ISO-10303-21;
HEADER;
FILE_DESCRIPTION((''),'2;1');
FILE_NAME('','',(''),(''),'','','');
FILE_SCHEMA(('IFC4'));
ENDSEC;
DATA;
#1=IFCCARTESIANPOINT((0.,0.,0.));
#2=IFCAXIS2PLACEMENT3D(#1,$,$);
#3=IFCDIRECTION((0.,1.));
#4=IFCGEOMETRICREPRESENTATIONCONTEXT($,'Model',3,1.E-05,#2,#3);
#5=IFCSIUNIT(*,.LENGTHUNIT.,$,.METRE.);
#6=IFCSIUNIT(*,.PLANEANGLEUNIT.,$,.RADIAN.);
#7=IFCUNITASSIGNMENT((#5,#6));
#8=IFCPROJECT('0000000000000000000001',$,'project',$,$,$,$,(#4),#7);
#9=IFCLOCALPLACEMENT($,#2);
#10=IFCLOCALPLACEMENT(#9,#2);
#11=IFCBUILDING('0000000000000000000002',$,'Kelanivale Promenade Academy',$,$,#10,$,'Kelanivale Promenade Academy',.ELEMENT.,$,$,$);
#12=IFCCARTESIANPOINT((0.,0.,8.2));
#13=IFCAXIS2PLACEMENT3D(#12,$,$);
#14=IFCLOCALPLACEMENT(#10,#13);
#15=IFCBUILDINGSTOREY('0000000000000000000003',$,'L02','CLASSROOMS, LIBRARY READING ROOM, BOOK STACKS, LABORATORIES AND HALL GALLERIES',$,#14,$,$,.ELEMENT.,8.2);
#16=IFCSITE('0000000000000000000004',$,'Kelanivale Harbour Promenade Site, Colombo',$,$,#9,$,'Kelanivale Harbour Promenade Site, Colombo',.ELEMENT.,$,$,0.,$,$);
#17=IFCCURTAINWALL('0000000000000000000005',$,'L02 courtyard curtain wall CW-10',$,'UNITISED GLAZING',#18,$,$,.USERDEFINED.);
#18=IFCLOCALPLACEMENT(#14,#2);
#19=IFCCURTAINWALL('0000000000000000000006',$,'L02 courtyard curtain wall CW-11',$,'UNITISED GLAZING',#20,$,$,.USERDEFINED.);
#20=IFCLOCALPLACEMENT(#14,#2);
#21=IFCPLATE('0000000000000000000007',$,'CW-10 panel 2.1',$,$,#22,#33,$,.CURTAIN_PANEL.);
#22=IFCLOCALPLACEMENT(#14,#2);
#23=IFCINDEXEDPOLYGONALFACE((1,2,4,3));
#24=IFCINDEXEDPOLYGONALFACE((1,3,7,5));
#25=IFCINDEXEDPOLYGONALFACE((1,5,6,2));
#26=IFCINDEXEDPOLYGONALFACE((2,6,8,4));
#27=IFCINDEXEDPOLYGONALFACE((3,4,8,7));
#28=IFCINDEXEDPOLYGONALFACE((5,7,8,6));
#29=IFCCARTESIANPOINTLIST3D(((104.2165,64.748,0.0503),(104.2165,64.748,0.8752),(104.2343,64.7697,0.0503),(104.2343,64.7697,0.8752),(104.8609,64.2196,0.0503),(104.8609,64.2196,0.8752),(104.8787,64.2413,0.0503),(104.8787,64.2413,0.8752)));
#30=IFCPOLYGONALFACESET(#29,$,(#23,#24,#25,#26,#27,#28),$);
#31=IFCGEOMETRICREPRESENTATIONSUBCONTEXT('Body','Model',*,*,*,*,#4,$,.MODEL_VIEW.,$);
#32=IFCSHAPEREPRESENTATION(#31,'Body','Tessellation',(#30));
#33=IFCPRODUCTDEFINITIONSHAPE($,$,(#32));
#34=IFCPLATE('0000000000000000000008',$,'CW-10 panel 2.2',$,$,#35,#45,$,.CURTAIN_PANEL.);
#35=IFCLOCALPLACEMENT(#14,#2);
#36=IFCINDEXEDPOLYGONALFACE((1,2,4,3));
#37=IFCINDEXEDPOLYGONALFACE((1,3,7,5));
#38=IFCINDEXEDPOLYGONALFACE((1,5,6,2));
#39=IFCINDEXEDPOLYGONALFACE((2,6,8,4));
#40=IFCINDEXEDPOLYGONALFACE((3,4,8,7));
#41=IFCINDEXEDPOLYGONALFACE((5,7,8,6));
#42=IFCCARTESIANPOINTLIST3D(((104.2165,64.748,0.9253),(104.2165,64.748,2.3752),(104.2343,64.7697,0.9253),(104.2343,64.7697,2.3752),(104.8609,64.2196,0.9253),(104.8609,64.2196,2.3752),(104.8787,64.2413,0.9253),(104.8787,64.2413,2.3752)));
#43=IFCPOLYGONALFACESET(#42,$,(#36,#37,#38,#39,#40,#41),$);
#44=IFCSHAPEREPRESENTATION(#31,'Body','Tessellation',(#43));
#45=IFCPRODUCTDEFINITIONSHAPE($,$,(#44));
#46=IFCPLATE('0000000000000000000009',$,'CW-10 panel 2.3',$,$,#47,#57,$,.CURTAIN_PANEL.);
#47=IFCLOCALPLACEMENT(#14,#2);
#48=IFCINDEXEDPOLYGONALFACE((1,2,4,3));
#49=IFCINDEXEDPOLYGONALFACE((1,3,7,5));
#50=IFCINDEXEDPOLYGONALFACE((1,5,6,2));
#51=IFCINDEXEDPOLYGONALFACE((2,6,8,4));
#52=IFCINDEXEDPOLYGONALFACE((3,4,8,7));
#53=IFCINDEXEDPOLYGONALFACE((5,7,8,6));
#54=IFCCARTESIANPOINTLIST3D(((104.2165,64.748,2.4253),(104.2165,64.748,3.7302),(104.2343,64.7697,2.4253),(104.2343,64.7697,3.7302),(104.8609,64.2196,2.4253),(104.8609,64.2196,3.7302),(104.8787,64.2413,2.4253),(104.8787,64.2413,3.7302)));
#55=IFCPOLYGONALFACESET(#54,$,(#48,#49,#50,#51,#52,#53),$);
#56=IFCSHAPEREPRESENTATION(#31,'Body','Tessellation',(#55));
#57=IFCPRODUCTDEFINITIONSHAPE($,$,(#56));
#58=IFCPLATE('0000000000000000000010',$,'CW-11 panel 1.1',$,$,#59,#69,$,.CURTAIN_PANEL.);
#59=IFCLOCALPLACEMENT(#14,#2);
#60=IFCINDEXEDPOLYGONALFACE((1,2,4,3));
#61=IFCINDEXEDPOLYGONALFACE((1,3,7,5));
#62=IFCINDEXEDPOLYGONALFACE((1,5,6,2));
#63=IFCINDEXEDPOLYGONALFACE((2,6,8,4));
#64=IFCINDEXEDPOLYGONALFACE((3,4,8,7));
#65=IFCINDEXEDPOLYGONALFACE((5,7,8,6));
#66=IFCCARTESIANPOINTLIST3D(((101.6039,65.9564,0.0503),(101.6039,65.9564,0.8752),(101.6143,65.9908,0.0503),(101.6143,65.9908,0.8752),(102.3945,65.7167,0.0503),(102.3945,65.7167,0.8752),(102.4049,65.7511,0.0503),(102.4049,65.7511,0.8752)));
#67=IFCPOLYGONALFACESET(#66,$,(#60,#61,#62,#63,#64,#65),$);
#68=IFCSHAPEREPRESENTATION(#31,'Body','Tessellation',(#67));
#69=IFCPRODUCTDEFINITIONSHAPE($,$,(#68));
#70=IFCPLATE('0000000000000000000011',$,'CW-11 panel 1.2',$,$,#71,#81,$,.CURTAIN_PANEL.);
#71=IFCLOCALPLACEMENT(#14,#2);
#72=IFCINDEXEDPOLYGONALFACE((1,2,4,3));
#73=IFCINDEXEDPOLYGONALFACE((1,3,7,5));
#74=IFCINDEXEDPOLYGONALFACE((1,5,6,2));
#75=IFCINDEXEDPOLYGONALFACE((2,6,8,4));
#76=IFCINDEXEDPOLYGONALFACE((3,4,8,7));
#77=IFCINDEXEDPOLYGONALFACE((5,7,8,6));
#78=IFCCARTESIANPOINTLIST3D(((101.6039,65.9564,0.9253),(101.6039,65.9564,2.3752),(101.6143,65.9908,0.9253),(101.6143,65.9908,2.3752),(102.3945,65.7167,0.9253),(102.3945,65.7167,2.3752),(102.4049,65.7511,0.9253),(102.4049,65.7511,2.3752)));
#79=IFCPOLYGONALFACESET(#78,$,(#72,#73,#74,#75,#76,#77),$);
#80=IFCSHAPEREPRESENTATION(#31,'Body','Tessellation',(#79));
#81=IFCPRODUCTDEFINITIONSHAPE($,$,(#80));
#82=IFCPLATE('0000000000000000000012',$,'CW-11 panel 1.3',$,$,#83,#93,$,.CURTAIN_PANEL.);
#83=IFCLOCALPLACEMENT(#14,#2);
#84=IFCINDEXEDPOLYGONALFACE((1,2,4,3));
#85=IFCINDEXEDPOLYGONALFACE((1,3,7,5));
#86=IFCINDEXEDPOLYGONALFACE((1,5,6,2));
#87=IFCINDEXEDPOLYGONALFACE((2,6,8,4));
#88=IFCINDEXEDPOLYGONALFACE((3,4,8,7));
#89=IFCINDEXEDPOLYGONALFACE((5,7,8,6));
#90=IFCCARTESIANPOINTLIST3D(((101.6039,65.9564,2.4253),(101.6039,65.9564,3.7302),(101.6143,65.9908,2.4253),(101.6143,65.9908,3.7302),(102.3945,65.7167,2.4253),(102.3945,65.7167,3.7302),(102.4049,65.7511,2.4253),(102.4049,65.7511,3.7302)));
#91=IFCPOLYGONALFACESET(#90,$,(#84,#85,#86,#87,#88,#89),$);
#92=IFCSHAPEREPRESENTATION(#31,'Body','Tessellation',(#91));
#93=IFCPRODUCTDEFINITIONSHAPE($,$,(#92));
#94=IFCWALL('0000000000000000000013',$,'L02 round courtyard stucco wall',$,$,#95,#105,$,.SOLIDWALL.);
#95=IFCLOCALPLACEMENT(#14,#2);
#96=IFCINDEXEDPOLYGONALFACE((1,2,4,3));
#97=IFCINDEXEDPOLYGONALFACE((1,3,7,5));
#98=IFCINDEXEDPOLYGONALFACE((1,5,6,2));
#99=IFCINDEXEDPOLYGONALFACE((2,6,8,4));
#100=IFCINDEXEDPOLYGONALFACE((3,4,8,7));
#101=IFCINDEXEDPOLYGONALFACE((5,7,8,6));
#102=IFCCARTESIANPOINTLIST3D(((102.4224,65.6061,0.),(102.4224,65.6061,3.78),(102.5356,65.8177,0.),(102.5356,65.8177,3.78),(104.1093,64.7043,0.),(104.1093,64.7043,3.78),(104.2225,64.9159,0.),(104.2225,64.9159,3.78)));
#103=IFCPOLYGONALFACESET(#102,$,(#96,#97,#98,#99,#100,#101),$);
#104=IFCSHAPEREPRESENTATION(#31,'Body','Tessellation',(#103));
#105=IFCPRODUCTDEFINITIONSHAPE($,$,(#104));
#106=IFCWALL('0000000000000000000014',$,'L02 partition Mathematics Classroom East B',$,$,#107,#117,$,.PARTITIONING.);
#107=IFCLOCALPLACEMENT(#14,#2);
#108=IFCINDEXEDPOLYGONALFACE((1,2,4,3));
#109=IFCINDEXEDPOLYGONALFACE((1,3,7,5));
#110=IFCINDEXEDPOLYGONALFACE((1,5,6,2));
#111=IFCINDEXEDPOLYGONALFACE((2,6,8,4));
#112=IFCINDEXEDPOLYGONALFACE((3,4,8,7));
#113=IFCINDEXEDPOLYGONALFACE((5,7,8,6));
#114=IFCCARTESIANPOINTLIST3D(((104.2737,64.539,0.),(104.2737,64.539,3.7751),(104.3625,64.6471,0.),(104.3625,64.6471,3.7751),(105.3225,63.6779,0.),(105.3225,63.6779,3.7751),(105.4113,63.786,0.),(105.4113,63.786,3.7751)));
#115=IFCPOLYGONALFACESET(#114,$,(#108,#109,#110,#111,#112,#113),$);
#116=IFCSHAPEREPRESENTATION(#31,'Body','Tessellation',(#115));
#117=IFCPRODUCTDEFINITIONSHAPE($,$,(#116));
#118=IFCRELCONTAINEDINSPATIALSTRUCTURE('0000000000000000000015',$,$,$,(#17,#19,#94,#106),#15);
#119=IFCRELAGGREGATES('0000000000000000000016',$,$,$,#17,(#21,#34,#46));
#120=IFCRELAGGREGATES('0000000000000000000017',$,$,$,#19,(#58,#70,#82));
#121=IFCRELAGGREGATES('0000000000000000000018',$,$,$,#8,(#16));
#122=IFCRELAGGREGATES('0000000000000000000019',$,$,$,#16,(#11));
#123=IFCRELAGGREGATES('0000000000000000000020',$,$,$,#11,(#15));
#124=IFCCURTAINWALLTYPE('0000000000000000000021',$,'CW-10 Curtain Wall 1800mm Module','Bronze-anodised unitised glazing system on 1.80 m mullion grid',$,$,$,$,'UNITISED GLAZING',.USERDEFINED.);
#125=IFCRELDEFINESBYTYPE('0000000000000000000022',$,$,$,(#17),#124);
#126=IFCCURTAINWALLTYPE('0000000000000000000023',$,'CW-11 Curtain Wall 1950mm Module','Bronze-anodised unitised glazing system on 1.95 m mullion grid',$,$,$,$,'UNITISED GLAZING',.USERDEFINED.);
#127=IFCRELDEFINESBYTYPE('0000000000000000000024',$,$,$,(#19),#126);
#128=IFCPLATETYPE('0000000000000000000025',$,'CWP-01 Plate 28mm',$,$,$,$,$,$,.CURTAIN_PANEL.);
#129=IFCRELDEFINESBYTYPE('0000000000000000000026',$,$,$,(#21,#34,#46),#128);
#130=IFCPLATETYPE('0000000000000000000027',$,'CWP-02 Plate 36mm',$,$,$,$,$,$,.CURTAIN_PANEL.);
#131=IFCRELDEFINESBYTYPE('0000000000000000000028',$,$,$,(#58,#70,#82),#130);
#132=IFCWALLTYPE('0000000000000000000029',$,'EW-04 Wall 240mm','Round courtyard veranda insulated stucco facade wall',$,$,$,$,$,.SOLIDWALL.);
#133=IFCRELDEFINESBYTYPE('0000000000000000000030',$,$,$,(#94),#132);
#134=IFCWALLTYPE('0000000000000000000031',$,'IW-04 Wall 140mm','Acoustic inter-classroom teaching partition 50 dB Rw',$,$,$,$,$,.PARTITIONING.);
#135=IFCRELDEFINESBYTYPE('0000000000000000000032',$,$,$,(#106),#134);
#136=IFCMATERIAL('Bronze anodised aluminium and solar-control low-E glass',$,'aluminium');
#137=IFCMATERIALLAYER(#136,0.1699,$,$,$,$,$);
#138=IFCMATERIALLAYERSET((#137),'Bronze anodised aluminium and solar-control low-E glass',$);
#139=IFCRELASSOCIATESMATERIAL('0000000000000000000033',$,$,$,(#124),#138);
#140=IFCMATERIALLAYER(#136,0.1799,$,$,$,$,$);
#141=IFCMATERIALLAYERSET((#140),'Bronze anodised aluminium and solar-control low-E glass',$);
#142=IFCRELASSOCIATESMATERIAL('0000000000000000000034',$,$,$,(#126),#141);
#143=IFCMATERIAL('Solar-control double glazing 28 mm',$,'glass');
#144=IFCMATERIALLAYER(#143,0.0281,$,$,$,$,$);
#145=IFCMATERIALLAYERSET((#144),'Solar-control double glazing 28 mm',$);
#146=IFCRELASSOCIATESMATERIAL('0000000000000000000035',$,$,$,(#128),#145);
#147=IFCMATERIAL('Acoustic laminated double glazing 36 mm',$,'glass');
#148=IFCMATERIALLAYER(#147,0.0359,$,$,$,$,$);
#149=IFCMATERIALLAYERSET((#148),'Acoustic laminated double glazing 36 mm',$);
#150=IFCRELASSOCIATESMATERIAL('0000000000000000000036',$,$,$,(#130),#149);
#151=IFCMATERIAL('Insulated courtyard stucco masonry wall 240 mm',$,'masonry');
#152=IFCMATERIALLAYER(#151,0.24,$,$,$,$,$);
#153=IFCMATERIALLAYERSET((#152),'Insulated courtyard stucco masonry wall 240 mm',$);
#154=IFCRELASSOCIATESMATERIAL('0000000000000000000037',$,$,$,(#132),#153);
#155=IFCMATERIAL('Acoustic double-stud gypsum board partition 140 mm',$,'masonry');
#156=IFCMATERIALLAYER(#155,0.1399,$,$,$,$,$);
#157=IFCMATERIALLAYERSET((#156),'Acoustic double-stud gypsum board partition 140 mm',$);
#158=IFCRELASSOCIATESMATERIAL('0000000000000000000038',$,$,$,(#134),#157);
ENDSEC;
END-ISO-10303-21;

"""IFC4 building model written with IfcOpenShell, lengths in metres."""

from ifc_helpers import new_model, si_unit, direction, frame, frame_2d, origin, origin_2d, place, context, subcontext, project, spatial, rectangle, extrude, material, layer, layer_set, type_object, element, aggregate, save


model = new_model("IFC4")

# Units and contexts
model_context = context("Model", 3, precision=1e-05, world=origin(), true_north=direction((0.0, 1.0)))
body_context = subcontext(model_context, "Body", "Model", "MODEL_VIEW")
ifc_project = project(units=[si_unit("LENGTHUNIT", "METRE"), si_unit("PLANEANGLEUNIT", "RADIAN")], contexts=[model_context])

# Site, building, storey
site_placement = place(None, origin())
site = spatial("IfcSite", under=ifc_project, at=site_placement, Name="Kelanivale Harbour Promenade Site, Colombo", LongName="Kelanivale Harbour Promenade Site, Colombo", CompositionType="ELEMENT", RefElevation=0.0)
building_placement = place(site_placement, origin())
building = spatial("IfcBuilding", under=site, at=building_placement, Name="Kelanivale Promenade Academy", LongName="Kelanivale Promenade Academy", CompositionType="ELEMENT")
storey_placement = place(building_placement, frame((0.0, 0.0, 8.2)))
storey = spatial("IfcBuildingStorey", under=building, at=storey_placement, Name="L02", Description="CLASSROOMS, LIBRARY READING ROOM, BOOK STACKS, LABORATORIES AND HALL GALLERIES", CompositionType="ELEMENT", Elevation=8.2)

# Curtain walls
ifc_material_1 = material(Name="Bronze anodised aluminium and solar-control low-E glass", Category="aluminium")
ifc_layer_1 = layer(ifc_material_1, 0.1699)
ifc_layer_set_1 = layer_set([ifc_layer_1], Name="Bronze anodised aluminium and solar-control low-E glass")
curtain_wall_type_1 = type_object("IfcCurtainWallType", Name="CW-10 Curtain Wall 1800mm Module", Description="Bronze-anodised unitised glazing system on 1.80 m mullion grid", ElementType="UNITISED GLAZING", PredefinedType="USERDEFINED", material=ifc_layer_set_1)
curtain_wall_1_placement = place(storey_placement, origin())
curtain_wall_1 = element("IfcCurtainWall", 1, at=curtain_wall_1_placement, inside=storey, type_object=curtain_wall_type_1, Name="L02 courtyard curtain wall CW-10", ObjectType="UNITISED GLAZING", PredefinedType="USERDEFINED")
ifc_layer_2 = layer(ifc_material_1, 0.1799)
ifc_layer_set_2 = layer_set([ifc_layer_2], Name="Bronze anodised aluminium and solar-control low-E glass")
curtain_wall_type_2 = type_object("IfcCurtainWallType", Name="CW-11 Curtain Wall 1950mm Module", Description="Bronze-anodised unitised glazing system on 1.95 m mullion grid", ElementType="UNITISED GLAZING", PredefinedType="USERDEFINED", material=ifc_layer_set_2)
curtain_wall_2_placement = place(storey_placement, origin())
curtain_wall_2 = element("IfcCurtainWall", 2, at=curtain_wall_2_placement, inside=storey, type_object=curtain_wall_type_2, Name="L02 courtyard curtain wall CW-11", ObjectType="UNITISED GLAZING", PredefinedType="USERDEFINED")

# Plates
ifc_material_2 = material(Name="Solar-control double glazing 28 mm", Category="glass")
ifc_layer_3 = layer(ifc_material_2, 0.0281)
ifc_layer_set_3 = layer_set([ifc_layer_3], Name="Solar-control double glazing 28 mm")
plate_type_1 = type_object("IfcPlateType", Name="CWP-01 Plate 28mm", PredefinedType="CURTAIN_PANEL", material=ifc_layer_set_3)
plate_1_placement = place(storey_placement, frame((104.5476, 64.4946, 0.0503), z_axis=(0.0, 0.0, 1.0), x_axis=(-0.773257, 0.634093, 0.0)))
plate_1 = element("IfcPlate", 3, at=plate_1_placement, type_object=plate_type_1, Name="CW-10 panel 2.1", PredefinedType="CURTAIN_PANEL", context=body_context, shape_type="SweptSolid", body=[
    extrude(rectangle(XDim=0.8333, YDim=0.0281, at=origin_2d()), origin(), (0.0, 0.0, 1.0), 0.825),
])
plate_2_placement = place(storey_placement, frame((104.5476, 64.4946, 0.9253), z_axis=(0.0, 0.0, 1.0), x_axis=(-0.773257, 0.634093, 0.0)))
plate_2 = element("IfcPlate", 4, at=plate_2_placement, type_object=plate_type_1, Name="CW-10 panel 2.2", PredefinedType="CURTAIN_PANEL", context=body_context, shape_type="SweptSolid", body=[
    extrude(rectangle(XDim=0.8333, YDim=0.0281, at=origin_2d()), origin(), (0.0, 0.0, 1.0), 1.45),
])
plate_3_placement = place(storey_placement, frame((104.5476, 64.4946, 2.4253), z_axis=(0.0, 0.0, 1.0), x_axis=(-0.773257, 0.634093, 0.0)))
plate_3 = element("IfcPlate", 5, at=plate_3_placement, type_object=plate_type_1, Name="CW-10 panel 2.3", PredefinedType="CURTAIN_PANEL", context=body_context, shape_type="SweptSolid", body=[
    extrude(rectangle(XDim=0.8333, YDim=0.0281, at=origin_2d()), origin(), (0.0, 0.0, 1.0), 1.3049),
])
aggregate(curtain_wall_1, [plate_1, plate_2, plate_3])
ifc_material_3 = material(Name="Acoustic laminated double glazing 36 mm", Category="glass")
ifc_layer_4 = layer(ifc_material_3, 0.0359)
ifc_layer_set_4 = layer_set([ifc_layer_4], Name="Acoustic laminated double glazing 36 mm")
plate_type_2 = type_object("IfcPlateType", Name="CWP-02 Plate 36mm", PredefinedType="CURTAIN_PANEL", material=ifc_layer_set_4)
plate_4_placement = place(storey_placement, frame((102.0044, 65.8538, 0.0503), z_axis=(0.0, 0.0, 1.0), x_axis=(-0.956988, 0.290128, 0.0)))
plate_4 = element("IfcPlate", 6, at=plate_4_placement, type_object=plate_type_2, Name="CW-11 panel 1.1", PredefinedType="CURTAIN_PANEL", context=body_context, shape_type="SweptSolid", body=[
    extrude(rectangle(XDim=0.8262, YDim=0.0359, at=origin_2d()), origin(), (0.0, 0.0, 1.0), 0.825),
])
plate_5_placement = place(storey_placement, frame((102.0044, 65.8538, 0.9253), z_axis=(0.0, 0.0, 1.0), x_axis=(-0.956988, 0.290128, 0.0)))
plate_5 = element("IfcPlate", 7, at=plate_5_placement, type_object=plate_type_2, Name="CW-11 panel 1.2", PredefinedType="CURTAIN_PANEL", context=body_context, shape_type="SweptSolid", body=[
    extrude(rectangle(XDim=0.8262, YDim=0.0359, at=origin_2d()), origin(), (0.0, 0.0, 1.0), 1.45),
])
plate_6_placement = place(storey_placement, frame((102.0044, 65.8538, 2.4253), z_axis=(0.0, 0.0, 1.0), x_axis=(-0.956988, 0.290128, 0.0)))
plate_6 = element("IfcPlate", 8, at=plate_6_placement, type_object=plate_type_2, Name="CW-11 panel 1.3", PredefinedType="CURTAIN_PANEL", context=body_context, shape_type="SweptSolid", body=[
    extrude(rectangle(XDim=0.8262, YDim=0.0359, at=origin_2d()), origin(), (0.0, 0.0, 1.0), 1.3049),
])
aggregate(curtain_wall_2, [plate_4, plate_5, plate_6])

# Walls
ifc_material_4 = material(Name="Insulated courtyard stucco masonry wall 240 mm", Category="masonry")
ifc_layer_5 = layer(ifc_material_4, 0.24)
ifc_layer_set_5 = layer_set([ifc_layer_5], Name="Insulated courtyard stucco masonry wall 240 mm")
wall_type_1 = type_object("IfcWallType", Name="EW-04 Wall 240mm", Description="Round courtyard veranda insulated stucco facade wall", PredefinedType="SOLIDWALL", material=ifc_layer_set_5)
wall_1_placement = place(storey_placement, frame((104.166, 64.8101, 0.0), z_axis=(0.0, 0.0, 1.0), x_axis=(-0.881893, 0.471449, 0.0)))
element("IfcWall", 9, at=wall_1_placement, inside=storey, type_object=wall_type_1, Name="L02 round courtyard stucco wall", PredefinedType="SOLIDWALL", context=body_context, shape_type="SweptSolid", body=[
    extrude(rectangle(XDim=1.9128, YDim=0.24, at=frame_2d((0.9565, 0.0))), origin(), (0.0, 0.0, 1.0), 3.78),
])
ifc_material_5 = material(Name="Acoustic double-stud gypsum board partition 140 mm", Category="masonry")
ifc_layer_6 = layer(ifc_material_5, 0.1399)
ifc_layer_set_6 = layer_set([ifc_layer_6], Name="Acoustic double-stud gypsum board partition 140 mm")
wall_type_2 = type_object("IfcWallType", Name="IW-04 Wall 140mm", Description="Acoustic inter-classroom teaching partition 50 dB Rw", PredefinedType="PARTITIONING", material=ifc_layer_set_6)
wall_2_placement = place(storey_placement, frame((104.3181, 64.593, 0.0), z_axis=(0.0, 0.0, 1.0), x_axis=(0.77289, -0.63454, 0.0)))
element("IfcWall", 10, at=wall_2_placement, inside=storey, type_object=wall_type_2, Name="L02 partition Mathematics Classroom East B", PredefinedType="PARTITIONING", context=body_context, shape_type="SweptSolid", body=[
    extrude(rectangle(XDim=1.3569, YDim=0.1399, at=frame_2d((0.6785, 0.0))), origin(), (0.0, 0.0, 1.0), 3.7751),
])

save(model, "model.ifc")
